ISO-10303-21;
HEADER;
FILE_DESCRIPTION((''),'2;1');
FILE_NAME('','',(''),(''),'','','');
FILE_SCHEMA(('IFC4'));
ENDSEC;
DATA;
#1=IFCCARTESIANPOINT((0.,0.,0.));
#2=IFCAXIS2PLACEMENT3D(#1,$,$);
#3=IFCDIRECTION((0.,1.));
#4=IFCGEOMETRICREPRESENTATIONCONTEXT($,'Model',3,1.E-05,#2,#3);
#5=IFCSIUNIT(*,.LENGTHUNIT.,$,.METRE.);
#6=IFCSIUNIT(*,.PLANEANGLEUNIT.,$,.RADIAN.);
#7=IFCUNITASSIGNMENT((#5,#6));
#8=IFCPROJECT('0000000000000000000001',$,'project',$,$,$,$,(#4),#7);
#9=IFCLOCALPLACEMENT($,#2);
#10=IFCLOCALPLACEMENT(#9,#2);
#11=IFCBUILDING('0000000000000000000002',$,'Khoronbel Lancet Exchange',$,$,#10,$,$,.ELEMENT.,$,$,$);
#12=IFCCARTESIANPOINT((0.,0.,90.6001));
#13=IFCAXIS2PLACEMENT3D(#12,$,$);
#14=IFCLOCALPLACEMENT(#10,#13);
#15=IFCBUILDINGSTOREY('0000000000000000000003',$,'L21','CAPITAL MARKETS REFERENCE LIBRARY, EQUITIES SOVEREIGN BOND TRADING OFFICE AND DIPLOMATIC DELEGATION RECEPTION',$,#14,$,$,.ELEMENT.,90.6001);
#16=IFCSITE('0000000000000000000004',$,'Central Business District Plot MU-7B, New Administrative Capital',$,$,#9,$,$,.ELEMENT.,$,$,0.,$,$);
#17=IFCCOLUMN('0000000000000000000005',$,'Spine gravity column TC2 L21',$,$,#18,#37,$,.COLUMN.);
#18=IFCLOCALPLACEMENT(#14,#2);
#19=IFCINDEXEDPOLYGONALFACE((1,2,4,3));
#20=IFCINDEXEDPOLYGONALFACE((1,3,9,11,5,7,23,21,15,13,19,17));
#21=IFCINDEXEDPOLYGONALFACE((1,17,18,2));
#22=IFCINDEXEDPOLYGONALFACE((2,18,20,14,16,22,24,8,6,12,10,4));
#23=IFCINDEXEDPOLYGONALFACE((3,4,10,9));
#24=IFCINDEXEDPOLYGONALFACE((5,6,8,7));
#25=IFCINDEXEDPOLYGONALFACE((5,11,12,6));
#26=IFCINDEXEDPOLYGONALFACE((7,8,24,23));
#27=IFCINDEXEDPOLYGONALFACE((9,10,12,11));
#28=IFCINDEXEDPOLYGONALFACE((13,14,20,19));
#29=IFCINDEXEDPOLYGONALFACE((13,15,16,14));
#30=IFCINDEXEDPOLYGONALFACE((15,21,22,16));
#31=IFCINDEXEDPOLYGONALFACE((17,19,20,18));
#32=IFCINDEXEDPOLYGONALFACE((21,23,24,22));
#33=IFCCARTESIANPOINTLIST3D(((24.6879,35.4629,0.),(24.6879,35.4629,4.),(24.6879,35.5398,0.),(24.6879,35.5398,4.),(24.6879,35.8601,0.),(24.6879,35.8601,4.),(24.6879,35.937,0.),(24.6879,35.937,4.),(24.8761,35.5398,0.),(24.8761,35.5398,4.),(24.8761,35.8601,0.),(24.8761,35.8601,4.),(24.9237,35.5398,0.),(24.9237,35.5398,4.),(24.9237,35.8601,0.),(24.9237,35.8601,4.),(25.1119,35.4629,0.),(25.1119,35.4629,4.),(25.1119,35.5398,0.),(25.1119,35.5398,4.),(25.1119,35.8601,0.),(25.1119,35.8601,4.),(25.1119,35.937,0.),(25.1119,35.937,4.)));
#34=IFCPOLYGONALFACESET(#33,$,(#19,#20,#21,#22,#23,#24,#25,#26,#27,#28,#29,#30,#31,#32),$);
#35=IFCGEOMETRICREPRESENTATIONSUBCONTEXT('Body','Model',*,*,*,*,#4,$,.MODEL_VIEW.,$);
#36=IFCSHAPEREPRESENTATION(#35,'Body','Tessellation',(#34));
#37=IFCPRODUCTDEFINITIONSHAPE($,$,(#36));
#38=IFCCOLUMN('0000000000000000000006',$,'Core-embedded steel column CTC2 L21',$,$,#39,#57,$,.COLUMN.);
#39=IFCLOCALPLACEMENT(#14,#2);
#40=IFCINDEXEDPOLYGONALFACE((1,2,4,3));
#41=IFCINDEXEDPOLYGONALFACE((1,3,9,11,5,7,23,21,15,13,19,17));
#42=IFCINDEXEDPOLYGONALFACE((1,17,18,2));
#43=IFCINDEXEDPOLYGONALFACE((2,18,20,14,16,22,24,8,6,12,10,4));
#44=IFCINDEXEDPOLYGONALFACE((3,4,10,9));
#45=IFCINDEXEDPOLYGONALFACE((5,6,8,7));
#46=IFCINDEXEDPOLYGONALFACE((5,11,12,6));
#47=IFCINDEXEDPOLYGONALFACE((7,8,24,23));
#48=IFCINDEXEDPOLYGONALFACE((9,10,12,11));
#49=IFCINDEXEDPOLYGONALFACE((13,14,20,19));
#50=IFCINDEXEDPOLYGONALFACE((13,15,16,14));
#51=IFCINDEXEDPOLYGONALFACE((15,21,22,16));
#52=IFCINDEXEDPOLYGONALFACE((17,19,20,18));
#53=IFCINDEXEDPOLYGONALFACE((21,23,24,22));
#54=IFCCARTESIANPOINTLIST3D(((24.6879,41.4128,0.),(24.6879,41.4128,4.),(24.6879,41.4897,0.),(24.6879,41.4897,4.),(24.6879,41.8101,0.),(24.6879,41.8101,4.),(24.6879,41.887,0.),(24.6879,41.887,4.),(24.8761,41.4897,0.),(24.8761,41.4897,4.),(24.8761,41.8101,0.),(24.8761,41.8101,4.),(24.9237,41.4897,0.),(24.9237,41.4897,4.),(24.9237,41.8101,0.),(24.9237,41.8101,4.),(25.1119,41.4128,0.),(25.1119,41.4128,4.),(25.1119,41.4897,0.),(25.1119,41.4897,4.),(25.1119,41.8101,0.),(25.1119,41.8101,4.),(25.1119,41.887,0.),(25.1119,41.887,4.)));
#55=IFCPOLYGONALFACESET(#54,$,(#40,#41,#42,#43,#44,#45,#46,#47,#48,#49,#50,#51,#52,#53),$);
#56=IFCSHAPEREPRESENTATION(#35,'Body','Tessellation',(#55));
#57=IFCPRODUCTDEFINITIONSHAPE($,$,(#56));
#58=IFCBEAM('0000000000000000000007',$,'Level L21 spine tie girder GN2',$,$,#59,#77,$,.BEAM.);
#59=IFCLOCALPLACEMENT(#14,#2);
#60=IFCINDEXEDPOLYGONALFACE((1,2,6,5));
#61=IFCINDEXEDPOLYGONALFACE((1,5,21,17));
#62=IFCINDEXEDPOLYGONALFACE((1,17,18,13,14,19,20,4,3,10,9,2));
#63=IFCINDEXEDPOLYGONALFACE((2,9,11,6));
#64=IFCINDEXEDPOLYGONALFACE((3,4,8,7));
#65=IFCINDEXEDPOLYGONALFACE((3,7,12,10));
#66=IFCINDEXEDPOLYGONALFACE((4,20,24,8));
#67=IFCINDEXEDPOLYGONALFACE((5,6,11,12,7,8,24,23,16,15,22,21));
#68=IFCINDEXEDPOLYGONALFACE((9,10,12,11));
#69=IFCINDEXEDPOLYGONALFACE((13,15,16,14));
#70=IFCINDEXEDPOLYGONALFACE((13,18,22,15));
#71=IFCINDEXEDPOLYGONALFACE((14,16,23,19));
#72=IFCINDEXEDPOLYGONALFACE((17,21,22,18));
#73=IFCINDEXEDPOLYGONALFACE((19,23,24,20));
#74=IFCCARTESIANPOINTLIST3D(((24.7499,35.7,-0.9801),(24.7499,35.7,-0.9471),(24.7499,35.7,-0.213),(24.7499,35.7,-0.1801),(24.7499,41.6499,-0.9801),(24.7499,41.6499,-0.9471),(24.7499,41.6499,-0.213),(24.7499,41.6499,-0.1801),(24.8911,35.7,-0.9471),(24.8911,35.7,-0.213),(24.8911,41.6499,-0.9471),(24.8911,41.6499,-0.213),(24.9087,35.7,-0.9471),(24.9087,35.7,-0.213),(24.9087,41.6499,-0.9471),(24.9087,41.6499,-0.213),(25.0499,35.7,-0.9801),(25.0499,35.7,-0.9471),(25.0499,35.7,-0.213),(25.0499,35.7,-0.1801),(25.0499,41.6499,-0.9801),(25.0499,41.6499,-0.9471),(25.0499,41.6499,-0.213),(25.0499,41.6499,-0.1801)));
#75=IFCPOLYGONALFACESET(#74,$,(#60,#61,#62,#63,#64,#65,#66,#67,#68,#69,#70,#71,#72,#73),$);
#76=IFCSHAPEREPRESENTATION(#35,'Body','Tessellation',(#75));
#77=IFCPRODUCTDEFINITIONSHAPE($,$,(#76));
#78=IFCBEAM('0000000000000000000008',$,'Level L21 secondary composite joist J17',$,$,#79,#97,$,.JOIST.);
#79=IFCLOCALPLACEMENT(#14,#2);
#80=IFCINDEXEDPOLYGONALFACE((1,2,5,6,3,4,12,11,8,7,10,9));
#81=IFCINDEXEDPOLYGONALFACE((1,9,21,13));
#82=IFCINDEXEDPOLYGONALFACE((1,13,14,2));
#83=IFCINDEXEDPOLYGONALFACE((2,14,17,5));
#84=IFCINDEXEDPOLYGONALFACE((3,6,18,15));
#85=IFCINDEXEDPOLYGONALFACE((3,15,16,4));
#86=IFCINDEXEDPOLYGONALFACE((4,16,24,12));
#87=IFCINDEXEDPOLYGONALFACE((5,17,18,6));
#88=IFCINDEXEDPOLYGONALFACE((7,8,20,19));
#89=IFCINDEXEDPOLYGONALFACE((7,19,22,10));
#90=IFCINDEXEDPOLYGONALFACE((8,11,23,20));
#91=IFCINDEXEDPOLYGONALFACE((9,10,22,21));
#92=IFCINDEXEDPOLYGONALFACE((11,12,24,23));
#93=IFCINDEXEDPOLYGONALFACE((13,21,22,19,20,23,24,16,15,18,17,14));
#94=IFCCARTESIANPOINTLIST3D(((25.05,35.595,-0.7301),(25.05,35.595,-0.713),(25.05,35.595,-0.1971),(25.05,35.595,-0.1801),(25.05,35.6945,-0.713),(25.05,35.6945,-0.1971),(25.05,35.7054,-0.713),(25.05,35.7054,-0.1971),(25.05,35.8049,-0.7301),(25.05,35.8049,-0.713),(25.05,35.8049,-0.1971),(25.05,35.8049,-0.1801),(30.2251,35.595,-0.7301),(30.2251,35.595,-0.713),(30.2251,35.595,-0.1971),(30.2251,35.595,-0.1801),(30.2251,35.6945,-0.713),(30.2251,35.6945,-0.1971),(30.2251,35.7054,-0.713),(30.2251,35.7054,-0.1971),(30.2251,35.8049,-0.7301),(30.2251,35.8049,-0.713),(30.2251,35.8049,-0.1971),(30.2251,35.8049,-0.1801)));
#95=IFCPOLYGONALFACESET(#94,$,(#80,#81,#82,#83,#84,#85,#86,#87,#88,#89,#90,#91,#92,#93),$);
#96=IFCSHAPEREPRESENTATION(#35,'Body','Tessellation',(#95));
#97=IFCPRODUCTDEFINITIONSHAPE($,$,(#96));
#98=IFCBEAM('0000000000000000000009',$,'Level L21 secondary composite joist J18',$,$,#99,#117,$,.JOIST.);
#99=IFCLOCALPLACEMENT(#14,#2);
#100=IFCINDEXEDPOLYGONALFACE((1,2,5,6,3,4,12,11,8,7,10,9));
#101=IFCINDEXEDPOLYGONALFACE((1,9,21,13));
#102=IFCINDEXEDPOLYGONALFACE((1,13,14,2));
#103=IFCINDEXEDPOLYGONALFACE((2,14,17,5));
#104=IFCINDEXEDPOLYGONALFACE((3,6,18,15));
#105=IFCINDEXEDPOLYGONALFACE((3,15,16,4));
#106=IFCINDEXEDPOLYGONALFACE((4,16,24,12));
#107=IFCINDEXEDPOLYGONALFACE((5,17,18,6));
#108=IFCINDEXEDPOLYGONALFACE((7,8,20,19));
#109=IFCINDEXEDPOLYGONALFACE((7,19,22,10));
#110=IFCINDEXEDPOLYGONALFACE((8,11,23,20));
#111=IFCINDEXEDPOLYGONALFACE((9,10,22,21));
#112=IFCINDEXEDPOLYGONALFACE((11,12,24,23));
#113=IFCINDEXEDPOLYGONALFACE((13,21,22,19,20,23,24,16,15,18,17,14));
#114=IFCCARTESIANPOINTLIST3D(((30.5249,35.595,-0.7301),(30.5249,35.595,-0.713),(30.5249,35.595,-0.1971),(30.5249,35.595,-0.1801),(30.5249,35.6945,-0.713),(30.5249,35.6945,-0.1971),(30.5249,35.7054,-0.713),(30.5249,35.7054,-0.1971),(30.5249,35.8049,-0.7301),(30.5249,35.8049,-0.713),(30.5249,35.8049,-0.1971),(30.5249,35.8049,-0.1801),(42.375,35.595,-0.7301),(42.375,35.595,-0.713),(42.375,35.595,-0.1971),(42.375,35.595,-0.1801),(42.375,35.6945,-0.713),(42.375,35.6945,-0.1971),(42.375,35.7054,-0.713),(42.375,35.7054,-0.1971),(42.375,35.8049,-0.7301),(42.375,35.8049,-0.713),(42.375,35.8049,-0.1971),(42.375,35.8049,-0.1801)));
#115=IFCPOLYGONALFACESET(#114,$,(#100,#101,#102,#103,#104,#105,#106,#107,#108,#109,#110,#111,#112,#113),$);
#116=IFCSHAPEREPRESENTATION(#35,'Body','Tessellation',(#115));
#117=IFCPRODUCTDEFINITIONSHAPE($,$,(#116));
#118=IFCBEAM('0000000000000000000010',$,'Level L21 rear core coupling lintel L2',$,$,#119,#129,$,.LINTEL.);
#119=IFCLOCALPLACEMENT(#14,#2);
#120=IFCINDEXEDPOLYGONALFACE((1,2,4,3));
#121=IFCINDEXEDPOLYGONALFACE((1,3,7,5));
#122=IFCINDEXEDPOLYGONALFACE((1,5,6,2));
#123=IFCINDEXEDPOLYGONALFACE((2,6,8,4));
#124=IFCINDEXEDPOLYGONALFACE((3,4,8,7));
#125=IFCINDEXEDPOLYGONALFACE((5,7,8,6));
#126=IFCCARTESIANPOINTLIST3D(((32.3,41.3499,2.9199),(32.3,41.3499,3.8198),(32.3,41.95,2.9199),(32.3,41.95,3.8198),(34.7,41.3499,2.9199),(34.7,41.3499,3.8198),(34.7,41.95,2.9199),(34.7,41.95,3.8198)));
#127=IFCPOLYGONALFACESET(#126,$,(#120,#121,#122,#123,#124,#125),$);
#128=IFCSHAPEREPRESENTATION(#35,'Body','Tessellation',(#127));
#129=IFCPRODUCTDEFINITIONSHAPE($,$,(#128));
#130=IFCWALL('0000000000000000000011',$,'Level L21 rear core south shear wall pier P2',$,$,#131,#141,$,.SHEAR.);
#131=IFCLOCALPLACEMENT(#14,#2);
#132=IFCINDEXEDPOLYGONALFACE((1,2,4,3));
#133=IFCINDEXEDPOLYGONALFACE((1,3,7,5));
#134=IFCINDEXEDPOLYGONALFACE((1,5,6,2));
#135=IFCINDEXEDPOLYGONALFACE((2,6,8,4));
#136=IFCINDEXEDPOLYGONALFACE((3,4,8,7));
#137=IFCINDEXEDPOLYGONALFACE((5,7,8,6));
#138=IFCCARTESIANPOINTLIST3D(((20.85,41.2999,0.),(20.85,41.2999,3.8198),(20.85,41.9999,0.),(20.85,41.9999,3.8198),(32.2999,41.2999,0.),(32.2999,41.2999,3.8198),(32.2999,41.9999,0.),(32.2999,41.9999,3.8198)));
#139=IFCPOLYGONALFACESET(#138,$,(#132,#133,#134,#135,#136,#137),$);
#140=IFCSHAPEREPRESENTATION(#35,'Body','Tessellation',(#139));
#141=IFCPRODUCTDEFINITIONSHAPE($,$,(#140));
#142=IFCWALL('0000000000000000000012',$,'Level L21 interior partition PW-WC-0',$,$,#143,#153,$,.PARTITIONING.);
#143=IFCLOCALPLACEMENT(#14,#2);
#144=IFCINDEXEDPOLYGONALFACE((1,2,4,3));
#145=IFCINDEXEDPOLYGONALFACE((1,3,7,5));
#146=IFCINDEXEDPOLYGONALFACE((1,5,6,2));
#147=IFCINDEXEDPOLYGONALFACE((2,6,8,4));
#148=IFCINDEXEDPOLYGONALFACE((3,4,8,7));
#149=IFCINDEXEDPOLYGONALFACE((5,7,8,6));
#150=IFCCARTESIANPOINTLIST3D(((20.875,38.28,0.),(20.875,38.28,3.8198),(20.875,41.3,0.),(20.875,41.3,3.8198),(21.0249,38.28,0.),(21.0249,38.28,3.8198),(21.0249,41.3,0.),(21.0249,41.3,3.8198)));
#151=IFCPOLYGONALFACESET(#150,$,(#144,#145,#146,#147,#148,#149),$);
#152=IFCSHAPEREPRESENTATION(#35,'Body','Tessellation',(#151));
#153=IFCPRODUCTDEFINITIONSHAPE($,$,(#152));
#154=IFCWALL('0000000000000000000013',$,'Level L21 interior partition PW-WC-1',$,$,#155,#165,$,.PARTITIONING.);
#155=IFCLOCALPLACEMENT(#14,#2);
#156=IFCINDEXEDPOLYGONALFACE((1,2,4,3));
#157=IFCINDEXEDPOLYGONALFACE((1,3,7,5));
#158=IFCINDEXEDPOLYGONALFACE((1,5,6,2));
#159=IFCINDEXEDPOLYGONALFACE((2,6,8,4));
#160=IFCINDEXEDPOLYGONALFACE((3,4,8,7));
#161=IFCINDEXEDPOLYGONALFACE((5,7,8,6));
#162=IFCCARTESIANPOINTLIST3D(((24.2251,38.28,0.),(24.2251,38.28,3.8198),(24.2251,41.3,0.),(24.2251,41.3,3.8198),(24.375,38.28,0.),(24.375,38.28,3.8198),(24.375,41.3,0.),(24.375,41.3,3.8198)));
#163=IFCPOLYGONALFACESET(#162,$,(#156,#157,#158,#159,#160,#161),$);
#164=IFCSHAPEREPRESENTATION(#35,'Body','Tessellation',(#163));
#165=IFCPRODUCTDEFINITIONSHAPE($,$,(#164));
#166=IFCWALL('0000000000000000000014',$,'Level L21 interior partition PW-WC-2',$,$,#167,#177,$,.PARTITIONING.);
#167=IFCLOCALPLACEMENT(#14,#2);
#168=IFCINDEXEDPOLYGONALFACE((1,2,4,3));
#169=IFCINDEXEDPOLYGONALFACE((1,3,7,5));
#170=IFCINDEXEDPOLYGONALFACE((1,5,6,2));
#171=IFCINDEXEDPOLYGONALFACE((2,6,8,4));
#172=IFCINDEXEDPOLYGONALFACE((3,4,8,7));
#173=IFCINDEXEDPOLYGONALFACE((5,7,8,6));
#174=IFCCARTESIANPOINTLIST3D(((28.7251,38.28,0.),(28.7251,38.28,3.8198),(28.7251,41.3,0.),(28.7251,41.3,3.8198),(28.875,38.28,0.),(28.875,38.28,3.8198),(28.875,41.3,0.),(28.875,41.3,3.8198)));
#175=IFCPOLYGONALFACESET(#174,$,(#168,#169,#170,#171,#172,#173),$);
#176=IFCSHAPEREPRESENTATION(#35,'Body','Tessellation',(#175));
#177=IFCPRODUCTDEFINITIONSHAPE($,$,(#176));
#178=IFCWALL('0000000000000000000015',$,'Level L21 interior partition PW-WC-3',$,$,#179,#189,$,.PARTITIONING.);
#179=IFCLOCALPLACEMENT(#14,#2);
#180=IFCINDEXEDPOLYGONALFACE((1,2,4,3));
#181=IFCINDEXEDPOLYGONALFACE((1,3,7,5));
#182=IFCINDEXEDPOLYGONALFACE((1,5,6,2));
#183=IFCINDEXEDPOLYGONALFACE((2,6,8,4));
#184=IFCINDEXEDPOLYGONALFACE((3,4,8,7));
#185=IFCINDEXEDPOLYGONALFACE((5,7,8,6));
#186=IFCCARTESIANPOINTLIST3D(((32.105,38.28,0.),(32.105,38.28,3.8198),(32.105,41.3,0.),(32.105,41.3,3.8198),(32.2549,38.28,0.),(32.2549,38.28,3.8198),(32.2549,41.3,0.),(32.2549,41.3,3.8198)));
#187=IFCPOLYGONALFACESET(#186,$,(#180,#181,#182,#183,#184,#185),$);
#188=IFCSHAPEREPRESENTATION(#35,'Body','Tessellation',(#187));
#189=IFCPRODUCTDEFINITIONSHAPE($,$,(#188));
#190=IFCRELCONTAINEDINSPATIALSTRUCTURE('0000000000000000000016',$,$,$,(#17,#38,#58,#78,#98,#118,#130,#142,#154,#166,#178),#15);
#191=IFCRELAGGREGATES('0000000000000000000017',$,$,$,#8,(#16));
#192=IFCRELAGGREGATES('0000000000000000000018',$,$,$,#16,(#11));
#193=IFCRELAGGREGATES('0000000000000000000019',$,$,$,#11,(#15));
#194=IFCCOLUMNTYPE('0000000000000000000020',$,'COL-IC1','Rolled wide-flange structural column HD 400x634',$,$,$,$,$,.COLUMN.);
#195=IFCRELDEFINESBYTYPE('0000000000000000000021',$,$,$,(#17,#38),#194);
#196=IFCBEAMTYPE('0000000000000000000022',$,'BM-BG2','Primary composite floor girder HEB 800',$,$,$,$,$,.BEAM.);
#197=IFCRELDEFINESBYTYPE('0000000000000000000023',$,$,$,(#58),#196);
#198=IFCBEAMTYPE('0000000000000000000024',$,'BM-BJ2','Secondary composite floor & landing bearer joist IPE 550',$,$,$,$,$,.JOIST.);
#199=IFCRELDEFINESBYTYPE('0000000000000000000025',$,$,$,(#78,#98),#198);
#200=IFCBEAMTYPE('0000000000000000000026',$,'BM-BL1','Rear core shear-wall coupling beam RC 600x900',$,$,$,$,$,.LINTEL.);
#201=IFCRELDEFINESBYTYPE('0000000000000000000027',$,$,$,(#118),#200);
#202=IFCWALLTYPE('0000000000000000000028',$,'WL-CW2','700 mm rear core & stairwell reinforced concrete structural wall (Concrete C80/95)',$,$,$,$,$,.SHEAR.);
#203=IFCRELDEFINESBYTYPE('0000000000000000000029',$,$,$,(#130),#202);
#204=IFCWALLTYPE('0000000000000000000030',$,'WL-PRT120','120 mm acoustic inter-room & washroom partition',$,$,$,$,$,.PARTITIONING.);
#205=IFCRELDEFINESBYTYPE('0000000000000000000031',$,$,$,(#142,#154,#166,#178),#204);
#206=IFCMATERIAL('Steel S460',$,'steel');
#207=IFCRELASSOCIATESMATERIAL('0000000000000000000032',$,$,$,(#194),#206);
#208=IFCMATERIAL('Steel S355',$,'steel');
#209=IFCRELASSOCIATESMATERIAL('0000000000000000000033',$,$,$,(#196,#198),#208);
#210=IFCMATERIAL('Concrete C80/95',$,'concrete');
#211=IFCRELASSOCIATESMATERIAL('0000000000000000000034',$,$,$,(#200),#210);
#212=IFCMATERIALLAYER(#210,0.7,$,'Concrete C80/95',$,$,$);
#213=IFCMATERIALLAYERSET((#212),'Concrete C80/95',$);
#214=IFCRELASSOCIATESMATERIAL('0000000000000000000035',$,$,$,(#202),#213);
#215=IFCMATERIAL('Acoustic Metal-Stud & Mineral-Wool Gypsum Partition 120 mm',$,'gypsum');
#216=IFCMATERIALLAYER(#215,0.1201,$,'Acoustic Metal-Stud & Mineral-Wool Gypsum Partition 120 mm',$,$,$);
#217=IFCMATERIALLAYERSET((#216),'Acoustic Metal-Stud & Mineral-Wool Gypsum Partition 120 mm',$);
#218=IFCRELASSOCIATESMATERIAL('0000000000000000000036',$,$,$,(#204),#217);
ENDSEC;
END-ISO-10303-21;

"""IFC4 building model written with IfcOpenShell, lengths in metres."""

from ifc_helpers import new_model, si_unit, direction, frame, frame_2d, origin, origin_2d, place, context, subcontext, project, spatial, rectangle, i_section, extrude, material, layer, layer_set, material_profile, profile_set, type_object, element, save


model = new_model("IFC4")

# Units and contexts
model_context = context("Model", 3, precision=1e-05, world=origin(), true_north=direction((0.0, 1.0)))
body_context = subcontext(model_context, "Body", "Model", "MODEL_VIEW")
ifc_project = project(units=[si_unit("LENGTHUNIT", "METRE"), si_unit("PLANEANGLEUNIT", "RADIAN")], contexts=[model_context])

# Site, building, storey
site_placement = place(None, origin())
site = spatial("IfcSite", under=ifc_project, at=site_placement, Name="Central Business District Plot MU-7B, New Administrative Capital", CompositionType="ELEMENT", RefElevation=0.0)
building_placement = place(site_placement, origin())
building = spatial("IfcBuilding", under=site, at=building_placement, Name="Khoronbel Lancet Exchange", CompositionType="ELEMENT")
storey_placement = place(building_placement, frame((0.0, 0.0, 90.6001)))
storey = spatial("IfcBuildingStorey", under=building, at=storey_placement, Name="L21", Description="CAPITAL MARKETS REFERENCE LIBRARY, EQUITIES SOVEREIGN BOND TRADING OFFICE AND DIPLOMATIC DELEGATION RECEPTION", CompositionType="ELEMENT", Elevation=90.6001)

# Columns
ifc_material_1 = material(Name="Steel S460", Category="steel")
ifc_material_profile_1 = material_profile(ifc_material_1, i_section(OverallWidth=0.4241, OverallDepth=0.4741, WebThickness=0.0476, FlangeThickness=0.0769, at=origin_2d()), Name="HD 400x634")
ifc_profile_set_1 = profile_set([ifc_material_profile_1], Name="Steel S460")
column_type = type_object("IfcColumnType", Name="COL-IC1", Description="Rolled wide-flange structural column HD 400x634", PredefinedType="COLUMN", material=ifc_profile_set_1)
for number, where, z_axis, x_axis, name in (
    (1, (24.8999, 35.7, 0.0), (0.0, 0.0, 1.0), (1.0, 0.0, 0.0), "Spine gravity column TC2 L21"),
    (2, (24.8999, 41.6499, 0.0), (0.0, 0.0, 1.0), (1.0, 0.0, 0.0), "Core-embedded steel column CTC2 L21"),
):
    element("IfcColumn", number, at=place(storey_placement, frame(where, z_axis=z_axis, x_axis=x_axis)), inside=storey, type_object=column_type, Name=name, PredefinedType="COLUMN", context=body_context, shape_type="SweptSolid", body=[
        extrude(i_section(OverallWidth=0.4241, OverallDepth=0.4741, WebThickness=0.0476, FlangeThickness=0.0769, at=origin_2d()), origin(), (0.0, 0.0, 1.0), 4.0),
    ])

# Beams
ifc_material_2 = material(Name="Steel S355", Category="steel")
ifc_material_profile_2 = material_profile(ifc_material_2, i_section(OverallWidth=0.3, OverallDepth=0.8, WebThickness=0.0176, FlangeThickness=0.033, at=origin_2d()), Name="HEB 800")
ifc_profile_set_2 = profile_set([ifc_material_profile_2], Name="Steel S355")
beam_type_1 = type_object("IfcBeamType", Name="BM-BG2", Description="Primary composite floor girder HEB 800", PredefinedType="BEAM", material=ifc_profile_set_2)
beam_1_placement = place(storey_placement, frame((24.8999, 35.7, -0.5801), z_axis=(0.0, 1.0, 0.0), x_axis=(-1.0, 0.0, 0.0)))
element("IfcBeam", 3, at=beam_1_placement, inside=storey, type_object=beam_type_1, Name="Level L21 spine tie girder GN2", PredefinedType="BEAM", context=body_context, shape_type="SweptSolid", body=[
    extrude(i_section(OverallWidth=0.3, OverallDepth=0.8, WebThickness=0.0176, FlangeThickness=0.033, at=origin_2d()), origin(), (0.0, 0.0, 1.0), 5.95),
])
ifc_material_profile_3 = material_profile(ifc_material_2, i_section(OverallWidth=0.21, OverallDepth=0.55, WebThickness=0.011, FlangeThickness=0.0171, at=origin_2d()), Name="IPE 550")
ifc_profile_set_3 = profile_set([ifc_material_profile_3], Name="Steel S355")
beam_type_2 = type_object("IfcBeamType", Name="BM-BJ2", Description="Secondary composite floor & landing bearer joist IPE 550", PredefinedType="JOIST", material=ifc_profile_set_3)
beam_2_placement = place(storey_placement, frame((25.05, 35.7, -0.4551), z_axis=(1.0, 0.0, 0.0), x_axis=(0.0, 1.0, 0.0)))
element("IfcBeam", 4, at=beam_2_placement, inside=storey, type_object=beam_type_2, Name="Level L21 secondary composite joist J17", PredefinedType="JOIST", context=body_context, shape_type="SweptSolid", body=[
    extrude(i_section(OverallWidth=0.21, OverallDepth=0.55, WebThickness=0.011, FlangeThickness=0.0171, at=origin_2d()), origin(), (0.0, 0.0, 1.0), 5.175),
])
beam_3_placement = place(storey_placement, frame((30.5249, 35.7, -0.4551), z_axis=(1.0, 0.0, 0.0), x_axis=(0.0, 1.0, 0.0)))
element("IfcBeam", 5, at=beam_3_placement, inside=storey, type_object=beam_type_2, Name="Level L21 secondary composite joist J18", PredefinedType="JOIST", context=body_context, shape_type="SweptSolid", body=[
    extrude(i_section(OverallWidth=0.21, OverallDepth=0.55, WebThickness=0.011, FlangeThickness=0.0171, at=origin_2d()), origin(), (0.0, 0.0, 1.0), 11.8501),
])
ifc_material_3 = material(Name="Concrete C80/95", Category="concrete")
ifc_material_profile_4 = material_profile(ifc_material_3, rectangle(XDim=0.6001, YDim=0.8999, at=origin_2d()), Name="RC 600x900")
ifc_profile_set_4 = profile_set([ifc_material_profile_4], Name="Concrete C80/95")
beam_type_3 = type_object("IfcBeamType", Name="BM-BL1", Description="Rear core shear-wall coupling beam RC 600x900", PredefinedType="LINTEL", material=ifc_profile_set_4)
beam_4_placement = place(storey_placement, frame((32.3, 41.6499, 3.3699), z_axis=(1.0, 0.0, 0.0), x_axis=(0.0, 1.0, 0.0)))
element("IfcBeam", 6, at=beam_4_placement, inside=storey, type_object=beam_type_3, Name="Level L21 rear core coupling lintel L2", PredefinedType="LINTEL", context=body_context, shape_type="SweptSolid", body=[
    extrude(rectangle(XDim=0.6001, YDim=0.8999, at=origin_2d()), origin(), (0.0, 0.0, 1.0), 2.3999),
])

# Walls
ifc_layer_1 = layer(ifc_material_3, 0.7, Name="Concrete C80/95")
ifc_layer_set_1 = layer_set([ifc_layer_1], Name="Concrete C80/95")
wall_type_1 = type_object("IfcWallType", Name="WL-CW2", Description="700 mm rear core & stairwell reinforced concrete structural wall (Concrete C80/95)", PredefinedType="SHEAR", material=ifc_layer_set_1)
wall_1_placement = place(storey_placement, frame((32.3, 41.6499, 0.0), z_axis=(0.0, 0.0, 1.0), x_axis=(-1.0, 0.0, 0.0)))
element("IfcWall", 7, at=wall_1_placement, inside=storey, type_object=wall_type_1, Name="Level L21 rear core south shear wall pier P2", PredefinedType="SHEAR", context=body_context, shape_type="SweptSolid", body=[
    extrude(rectangle(XDim=11.45, YDim=0.7, at=frame_2d((5.7251, 0.0))), origin(), (0.0, 0.0, 1.0), 3.8198),
])
ifc_material_4 = material(Name="Acoustic Metal-Stud & Mineral-Wool Gypsum Partition 120 mm", Category="gypsum")
ifc_layer_2 = layer(ifc_material_4, 0.1201, Name="Acoustic Metal-Stud & Mineral-Wool Gypsum Partition 120 mm")
ifc_layer_set_2 = layer_set([ifc_layer_2], Name="Acoustic Metal-Stud & Mineral-Wool Gypsum Partition 120 mm")
wall_type_2 = type_object("IfcWallType", Name="WL-PRT120", Description="120 mm acoustic inter-room & washroom partition", PredefinedType="PARTITIONING", material=ifc_layer_set_2)
for number, where, z_axis, x_axis, name in (
    (8, (20.95, 38.28, 0.0), (0.0, 0.0, 1.0), (0.0, 1.0, 0.0), "Level L21 interior partition PW-WC-0"),
    (9, (24.3, 38.28, 0.0), (0.0, 0.0, 1.0), (0.0, 1.0, 0.0), "Level L21 interior partition PW-WC-1"),
    (10, (28.8, 38.28, 0.0), (0.0, 0.0, 1.0), (0.0, 1.0, 0.0), "Level L21 interior partition PW-WC-2"),
    (11, (32.1799, 38.28, 0.0), (0.0, 0.0, 1.0), (0.0, 1.0, 0.0), "Level L21 interior partition PW-WC-3"),
):
    element("IfcWall", number, at=place(storey_placement, frame(where, z_axis=z_axis, x_axis=x_axis)), inside=storey, type_object=wall_type_2, Name=name, PredefinedType="PARTITIONING", context=body_context, shape_type="SweptSolid", body=[
        extrude(rectangle(XDim=3.02, YDim=0.1499, at=frame_2d((1.51, 0.0))), origin(), (0.0, 0.0, 1.0), 3.8198),
    ])

save(model, "model.ifc")
